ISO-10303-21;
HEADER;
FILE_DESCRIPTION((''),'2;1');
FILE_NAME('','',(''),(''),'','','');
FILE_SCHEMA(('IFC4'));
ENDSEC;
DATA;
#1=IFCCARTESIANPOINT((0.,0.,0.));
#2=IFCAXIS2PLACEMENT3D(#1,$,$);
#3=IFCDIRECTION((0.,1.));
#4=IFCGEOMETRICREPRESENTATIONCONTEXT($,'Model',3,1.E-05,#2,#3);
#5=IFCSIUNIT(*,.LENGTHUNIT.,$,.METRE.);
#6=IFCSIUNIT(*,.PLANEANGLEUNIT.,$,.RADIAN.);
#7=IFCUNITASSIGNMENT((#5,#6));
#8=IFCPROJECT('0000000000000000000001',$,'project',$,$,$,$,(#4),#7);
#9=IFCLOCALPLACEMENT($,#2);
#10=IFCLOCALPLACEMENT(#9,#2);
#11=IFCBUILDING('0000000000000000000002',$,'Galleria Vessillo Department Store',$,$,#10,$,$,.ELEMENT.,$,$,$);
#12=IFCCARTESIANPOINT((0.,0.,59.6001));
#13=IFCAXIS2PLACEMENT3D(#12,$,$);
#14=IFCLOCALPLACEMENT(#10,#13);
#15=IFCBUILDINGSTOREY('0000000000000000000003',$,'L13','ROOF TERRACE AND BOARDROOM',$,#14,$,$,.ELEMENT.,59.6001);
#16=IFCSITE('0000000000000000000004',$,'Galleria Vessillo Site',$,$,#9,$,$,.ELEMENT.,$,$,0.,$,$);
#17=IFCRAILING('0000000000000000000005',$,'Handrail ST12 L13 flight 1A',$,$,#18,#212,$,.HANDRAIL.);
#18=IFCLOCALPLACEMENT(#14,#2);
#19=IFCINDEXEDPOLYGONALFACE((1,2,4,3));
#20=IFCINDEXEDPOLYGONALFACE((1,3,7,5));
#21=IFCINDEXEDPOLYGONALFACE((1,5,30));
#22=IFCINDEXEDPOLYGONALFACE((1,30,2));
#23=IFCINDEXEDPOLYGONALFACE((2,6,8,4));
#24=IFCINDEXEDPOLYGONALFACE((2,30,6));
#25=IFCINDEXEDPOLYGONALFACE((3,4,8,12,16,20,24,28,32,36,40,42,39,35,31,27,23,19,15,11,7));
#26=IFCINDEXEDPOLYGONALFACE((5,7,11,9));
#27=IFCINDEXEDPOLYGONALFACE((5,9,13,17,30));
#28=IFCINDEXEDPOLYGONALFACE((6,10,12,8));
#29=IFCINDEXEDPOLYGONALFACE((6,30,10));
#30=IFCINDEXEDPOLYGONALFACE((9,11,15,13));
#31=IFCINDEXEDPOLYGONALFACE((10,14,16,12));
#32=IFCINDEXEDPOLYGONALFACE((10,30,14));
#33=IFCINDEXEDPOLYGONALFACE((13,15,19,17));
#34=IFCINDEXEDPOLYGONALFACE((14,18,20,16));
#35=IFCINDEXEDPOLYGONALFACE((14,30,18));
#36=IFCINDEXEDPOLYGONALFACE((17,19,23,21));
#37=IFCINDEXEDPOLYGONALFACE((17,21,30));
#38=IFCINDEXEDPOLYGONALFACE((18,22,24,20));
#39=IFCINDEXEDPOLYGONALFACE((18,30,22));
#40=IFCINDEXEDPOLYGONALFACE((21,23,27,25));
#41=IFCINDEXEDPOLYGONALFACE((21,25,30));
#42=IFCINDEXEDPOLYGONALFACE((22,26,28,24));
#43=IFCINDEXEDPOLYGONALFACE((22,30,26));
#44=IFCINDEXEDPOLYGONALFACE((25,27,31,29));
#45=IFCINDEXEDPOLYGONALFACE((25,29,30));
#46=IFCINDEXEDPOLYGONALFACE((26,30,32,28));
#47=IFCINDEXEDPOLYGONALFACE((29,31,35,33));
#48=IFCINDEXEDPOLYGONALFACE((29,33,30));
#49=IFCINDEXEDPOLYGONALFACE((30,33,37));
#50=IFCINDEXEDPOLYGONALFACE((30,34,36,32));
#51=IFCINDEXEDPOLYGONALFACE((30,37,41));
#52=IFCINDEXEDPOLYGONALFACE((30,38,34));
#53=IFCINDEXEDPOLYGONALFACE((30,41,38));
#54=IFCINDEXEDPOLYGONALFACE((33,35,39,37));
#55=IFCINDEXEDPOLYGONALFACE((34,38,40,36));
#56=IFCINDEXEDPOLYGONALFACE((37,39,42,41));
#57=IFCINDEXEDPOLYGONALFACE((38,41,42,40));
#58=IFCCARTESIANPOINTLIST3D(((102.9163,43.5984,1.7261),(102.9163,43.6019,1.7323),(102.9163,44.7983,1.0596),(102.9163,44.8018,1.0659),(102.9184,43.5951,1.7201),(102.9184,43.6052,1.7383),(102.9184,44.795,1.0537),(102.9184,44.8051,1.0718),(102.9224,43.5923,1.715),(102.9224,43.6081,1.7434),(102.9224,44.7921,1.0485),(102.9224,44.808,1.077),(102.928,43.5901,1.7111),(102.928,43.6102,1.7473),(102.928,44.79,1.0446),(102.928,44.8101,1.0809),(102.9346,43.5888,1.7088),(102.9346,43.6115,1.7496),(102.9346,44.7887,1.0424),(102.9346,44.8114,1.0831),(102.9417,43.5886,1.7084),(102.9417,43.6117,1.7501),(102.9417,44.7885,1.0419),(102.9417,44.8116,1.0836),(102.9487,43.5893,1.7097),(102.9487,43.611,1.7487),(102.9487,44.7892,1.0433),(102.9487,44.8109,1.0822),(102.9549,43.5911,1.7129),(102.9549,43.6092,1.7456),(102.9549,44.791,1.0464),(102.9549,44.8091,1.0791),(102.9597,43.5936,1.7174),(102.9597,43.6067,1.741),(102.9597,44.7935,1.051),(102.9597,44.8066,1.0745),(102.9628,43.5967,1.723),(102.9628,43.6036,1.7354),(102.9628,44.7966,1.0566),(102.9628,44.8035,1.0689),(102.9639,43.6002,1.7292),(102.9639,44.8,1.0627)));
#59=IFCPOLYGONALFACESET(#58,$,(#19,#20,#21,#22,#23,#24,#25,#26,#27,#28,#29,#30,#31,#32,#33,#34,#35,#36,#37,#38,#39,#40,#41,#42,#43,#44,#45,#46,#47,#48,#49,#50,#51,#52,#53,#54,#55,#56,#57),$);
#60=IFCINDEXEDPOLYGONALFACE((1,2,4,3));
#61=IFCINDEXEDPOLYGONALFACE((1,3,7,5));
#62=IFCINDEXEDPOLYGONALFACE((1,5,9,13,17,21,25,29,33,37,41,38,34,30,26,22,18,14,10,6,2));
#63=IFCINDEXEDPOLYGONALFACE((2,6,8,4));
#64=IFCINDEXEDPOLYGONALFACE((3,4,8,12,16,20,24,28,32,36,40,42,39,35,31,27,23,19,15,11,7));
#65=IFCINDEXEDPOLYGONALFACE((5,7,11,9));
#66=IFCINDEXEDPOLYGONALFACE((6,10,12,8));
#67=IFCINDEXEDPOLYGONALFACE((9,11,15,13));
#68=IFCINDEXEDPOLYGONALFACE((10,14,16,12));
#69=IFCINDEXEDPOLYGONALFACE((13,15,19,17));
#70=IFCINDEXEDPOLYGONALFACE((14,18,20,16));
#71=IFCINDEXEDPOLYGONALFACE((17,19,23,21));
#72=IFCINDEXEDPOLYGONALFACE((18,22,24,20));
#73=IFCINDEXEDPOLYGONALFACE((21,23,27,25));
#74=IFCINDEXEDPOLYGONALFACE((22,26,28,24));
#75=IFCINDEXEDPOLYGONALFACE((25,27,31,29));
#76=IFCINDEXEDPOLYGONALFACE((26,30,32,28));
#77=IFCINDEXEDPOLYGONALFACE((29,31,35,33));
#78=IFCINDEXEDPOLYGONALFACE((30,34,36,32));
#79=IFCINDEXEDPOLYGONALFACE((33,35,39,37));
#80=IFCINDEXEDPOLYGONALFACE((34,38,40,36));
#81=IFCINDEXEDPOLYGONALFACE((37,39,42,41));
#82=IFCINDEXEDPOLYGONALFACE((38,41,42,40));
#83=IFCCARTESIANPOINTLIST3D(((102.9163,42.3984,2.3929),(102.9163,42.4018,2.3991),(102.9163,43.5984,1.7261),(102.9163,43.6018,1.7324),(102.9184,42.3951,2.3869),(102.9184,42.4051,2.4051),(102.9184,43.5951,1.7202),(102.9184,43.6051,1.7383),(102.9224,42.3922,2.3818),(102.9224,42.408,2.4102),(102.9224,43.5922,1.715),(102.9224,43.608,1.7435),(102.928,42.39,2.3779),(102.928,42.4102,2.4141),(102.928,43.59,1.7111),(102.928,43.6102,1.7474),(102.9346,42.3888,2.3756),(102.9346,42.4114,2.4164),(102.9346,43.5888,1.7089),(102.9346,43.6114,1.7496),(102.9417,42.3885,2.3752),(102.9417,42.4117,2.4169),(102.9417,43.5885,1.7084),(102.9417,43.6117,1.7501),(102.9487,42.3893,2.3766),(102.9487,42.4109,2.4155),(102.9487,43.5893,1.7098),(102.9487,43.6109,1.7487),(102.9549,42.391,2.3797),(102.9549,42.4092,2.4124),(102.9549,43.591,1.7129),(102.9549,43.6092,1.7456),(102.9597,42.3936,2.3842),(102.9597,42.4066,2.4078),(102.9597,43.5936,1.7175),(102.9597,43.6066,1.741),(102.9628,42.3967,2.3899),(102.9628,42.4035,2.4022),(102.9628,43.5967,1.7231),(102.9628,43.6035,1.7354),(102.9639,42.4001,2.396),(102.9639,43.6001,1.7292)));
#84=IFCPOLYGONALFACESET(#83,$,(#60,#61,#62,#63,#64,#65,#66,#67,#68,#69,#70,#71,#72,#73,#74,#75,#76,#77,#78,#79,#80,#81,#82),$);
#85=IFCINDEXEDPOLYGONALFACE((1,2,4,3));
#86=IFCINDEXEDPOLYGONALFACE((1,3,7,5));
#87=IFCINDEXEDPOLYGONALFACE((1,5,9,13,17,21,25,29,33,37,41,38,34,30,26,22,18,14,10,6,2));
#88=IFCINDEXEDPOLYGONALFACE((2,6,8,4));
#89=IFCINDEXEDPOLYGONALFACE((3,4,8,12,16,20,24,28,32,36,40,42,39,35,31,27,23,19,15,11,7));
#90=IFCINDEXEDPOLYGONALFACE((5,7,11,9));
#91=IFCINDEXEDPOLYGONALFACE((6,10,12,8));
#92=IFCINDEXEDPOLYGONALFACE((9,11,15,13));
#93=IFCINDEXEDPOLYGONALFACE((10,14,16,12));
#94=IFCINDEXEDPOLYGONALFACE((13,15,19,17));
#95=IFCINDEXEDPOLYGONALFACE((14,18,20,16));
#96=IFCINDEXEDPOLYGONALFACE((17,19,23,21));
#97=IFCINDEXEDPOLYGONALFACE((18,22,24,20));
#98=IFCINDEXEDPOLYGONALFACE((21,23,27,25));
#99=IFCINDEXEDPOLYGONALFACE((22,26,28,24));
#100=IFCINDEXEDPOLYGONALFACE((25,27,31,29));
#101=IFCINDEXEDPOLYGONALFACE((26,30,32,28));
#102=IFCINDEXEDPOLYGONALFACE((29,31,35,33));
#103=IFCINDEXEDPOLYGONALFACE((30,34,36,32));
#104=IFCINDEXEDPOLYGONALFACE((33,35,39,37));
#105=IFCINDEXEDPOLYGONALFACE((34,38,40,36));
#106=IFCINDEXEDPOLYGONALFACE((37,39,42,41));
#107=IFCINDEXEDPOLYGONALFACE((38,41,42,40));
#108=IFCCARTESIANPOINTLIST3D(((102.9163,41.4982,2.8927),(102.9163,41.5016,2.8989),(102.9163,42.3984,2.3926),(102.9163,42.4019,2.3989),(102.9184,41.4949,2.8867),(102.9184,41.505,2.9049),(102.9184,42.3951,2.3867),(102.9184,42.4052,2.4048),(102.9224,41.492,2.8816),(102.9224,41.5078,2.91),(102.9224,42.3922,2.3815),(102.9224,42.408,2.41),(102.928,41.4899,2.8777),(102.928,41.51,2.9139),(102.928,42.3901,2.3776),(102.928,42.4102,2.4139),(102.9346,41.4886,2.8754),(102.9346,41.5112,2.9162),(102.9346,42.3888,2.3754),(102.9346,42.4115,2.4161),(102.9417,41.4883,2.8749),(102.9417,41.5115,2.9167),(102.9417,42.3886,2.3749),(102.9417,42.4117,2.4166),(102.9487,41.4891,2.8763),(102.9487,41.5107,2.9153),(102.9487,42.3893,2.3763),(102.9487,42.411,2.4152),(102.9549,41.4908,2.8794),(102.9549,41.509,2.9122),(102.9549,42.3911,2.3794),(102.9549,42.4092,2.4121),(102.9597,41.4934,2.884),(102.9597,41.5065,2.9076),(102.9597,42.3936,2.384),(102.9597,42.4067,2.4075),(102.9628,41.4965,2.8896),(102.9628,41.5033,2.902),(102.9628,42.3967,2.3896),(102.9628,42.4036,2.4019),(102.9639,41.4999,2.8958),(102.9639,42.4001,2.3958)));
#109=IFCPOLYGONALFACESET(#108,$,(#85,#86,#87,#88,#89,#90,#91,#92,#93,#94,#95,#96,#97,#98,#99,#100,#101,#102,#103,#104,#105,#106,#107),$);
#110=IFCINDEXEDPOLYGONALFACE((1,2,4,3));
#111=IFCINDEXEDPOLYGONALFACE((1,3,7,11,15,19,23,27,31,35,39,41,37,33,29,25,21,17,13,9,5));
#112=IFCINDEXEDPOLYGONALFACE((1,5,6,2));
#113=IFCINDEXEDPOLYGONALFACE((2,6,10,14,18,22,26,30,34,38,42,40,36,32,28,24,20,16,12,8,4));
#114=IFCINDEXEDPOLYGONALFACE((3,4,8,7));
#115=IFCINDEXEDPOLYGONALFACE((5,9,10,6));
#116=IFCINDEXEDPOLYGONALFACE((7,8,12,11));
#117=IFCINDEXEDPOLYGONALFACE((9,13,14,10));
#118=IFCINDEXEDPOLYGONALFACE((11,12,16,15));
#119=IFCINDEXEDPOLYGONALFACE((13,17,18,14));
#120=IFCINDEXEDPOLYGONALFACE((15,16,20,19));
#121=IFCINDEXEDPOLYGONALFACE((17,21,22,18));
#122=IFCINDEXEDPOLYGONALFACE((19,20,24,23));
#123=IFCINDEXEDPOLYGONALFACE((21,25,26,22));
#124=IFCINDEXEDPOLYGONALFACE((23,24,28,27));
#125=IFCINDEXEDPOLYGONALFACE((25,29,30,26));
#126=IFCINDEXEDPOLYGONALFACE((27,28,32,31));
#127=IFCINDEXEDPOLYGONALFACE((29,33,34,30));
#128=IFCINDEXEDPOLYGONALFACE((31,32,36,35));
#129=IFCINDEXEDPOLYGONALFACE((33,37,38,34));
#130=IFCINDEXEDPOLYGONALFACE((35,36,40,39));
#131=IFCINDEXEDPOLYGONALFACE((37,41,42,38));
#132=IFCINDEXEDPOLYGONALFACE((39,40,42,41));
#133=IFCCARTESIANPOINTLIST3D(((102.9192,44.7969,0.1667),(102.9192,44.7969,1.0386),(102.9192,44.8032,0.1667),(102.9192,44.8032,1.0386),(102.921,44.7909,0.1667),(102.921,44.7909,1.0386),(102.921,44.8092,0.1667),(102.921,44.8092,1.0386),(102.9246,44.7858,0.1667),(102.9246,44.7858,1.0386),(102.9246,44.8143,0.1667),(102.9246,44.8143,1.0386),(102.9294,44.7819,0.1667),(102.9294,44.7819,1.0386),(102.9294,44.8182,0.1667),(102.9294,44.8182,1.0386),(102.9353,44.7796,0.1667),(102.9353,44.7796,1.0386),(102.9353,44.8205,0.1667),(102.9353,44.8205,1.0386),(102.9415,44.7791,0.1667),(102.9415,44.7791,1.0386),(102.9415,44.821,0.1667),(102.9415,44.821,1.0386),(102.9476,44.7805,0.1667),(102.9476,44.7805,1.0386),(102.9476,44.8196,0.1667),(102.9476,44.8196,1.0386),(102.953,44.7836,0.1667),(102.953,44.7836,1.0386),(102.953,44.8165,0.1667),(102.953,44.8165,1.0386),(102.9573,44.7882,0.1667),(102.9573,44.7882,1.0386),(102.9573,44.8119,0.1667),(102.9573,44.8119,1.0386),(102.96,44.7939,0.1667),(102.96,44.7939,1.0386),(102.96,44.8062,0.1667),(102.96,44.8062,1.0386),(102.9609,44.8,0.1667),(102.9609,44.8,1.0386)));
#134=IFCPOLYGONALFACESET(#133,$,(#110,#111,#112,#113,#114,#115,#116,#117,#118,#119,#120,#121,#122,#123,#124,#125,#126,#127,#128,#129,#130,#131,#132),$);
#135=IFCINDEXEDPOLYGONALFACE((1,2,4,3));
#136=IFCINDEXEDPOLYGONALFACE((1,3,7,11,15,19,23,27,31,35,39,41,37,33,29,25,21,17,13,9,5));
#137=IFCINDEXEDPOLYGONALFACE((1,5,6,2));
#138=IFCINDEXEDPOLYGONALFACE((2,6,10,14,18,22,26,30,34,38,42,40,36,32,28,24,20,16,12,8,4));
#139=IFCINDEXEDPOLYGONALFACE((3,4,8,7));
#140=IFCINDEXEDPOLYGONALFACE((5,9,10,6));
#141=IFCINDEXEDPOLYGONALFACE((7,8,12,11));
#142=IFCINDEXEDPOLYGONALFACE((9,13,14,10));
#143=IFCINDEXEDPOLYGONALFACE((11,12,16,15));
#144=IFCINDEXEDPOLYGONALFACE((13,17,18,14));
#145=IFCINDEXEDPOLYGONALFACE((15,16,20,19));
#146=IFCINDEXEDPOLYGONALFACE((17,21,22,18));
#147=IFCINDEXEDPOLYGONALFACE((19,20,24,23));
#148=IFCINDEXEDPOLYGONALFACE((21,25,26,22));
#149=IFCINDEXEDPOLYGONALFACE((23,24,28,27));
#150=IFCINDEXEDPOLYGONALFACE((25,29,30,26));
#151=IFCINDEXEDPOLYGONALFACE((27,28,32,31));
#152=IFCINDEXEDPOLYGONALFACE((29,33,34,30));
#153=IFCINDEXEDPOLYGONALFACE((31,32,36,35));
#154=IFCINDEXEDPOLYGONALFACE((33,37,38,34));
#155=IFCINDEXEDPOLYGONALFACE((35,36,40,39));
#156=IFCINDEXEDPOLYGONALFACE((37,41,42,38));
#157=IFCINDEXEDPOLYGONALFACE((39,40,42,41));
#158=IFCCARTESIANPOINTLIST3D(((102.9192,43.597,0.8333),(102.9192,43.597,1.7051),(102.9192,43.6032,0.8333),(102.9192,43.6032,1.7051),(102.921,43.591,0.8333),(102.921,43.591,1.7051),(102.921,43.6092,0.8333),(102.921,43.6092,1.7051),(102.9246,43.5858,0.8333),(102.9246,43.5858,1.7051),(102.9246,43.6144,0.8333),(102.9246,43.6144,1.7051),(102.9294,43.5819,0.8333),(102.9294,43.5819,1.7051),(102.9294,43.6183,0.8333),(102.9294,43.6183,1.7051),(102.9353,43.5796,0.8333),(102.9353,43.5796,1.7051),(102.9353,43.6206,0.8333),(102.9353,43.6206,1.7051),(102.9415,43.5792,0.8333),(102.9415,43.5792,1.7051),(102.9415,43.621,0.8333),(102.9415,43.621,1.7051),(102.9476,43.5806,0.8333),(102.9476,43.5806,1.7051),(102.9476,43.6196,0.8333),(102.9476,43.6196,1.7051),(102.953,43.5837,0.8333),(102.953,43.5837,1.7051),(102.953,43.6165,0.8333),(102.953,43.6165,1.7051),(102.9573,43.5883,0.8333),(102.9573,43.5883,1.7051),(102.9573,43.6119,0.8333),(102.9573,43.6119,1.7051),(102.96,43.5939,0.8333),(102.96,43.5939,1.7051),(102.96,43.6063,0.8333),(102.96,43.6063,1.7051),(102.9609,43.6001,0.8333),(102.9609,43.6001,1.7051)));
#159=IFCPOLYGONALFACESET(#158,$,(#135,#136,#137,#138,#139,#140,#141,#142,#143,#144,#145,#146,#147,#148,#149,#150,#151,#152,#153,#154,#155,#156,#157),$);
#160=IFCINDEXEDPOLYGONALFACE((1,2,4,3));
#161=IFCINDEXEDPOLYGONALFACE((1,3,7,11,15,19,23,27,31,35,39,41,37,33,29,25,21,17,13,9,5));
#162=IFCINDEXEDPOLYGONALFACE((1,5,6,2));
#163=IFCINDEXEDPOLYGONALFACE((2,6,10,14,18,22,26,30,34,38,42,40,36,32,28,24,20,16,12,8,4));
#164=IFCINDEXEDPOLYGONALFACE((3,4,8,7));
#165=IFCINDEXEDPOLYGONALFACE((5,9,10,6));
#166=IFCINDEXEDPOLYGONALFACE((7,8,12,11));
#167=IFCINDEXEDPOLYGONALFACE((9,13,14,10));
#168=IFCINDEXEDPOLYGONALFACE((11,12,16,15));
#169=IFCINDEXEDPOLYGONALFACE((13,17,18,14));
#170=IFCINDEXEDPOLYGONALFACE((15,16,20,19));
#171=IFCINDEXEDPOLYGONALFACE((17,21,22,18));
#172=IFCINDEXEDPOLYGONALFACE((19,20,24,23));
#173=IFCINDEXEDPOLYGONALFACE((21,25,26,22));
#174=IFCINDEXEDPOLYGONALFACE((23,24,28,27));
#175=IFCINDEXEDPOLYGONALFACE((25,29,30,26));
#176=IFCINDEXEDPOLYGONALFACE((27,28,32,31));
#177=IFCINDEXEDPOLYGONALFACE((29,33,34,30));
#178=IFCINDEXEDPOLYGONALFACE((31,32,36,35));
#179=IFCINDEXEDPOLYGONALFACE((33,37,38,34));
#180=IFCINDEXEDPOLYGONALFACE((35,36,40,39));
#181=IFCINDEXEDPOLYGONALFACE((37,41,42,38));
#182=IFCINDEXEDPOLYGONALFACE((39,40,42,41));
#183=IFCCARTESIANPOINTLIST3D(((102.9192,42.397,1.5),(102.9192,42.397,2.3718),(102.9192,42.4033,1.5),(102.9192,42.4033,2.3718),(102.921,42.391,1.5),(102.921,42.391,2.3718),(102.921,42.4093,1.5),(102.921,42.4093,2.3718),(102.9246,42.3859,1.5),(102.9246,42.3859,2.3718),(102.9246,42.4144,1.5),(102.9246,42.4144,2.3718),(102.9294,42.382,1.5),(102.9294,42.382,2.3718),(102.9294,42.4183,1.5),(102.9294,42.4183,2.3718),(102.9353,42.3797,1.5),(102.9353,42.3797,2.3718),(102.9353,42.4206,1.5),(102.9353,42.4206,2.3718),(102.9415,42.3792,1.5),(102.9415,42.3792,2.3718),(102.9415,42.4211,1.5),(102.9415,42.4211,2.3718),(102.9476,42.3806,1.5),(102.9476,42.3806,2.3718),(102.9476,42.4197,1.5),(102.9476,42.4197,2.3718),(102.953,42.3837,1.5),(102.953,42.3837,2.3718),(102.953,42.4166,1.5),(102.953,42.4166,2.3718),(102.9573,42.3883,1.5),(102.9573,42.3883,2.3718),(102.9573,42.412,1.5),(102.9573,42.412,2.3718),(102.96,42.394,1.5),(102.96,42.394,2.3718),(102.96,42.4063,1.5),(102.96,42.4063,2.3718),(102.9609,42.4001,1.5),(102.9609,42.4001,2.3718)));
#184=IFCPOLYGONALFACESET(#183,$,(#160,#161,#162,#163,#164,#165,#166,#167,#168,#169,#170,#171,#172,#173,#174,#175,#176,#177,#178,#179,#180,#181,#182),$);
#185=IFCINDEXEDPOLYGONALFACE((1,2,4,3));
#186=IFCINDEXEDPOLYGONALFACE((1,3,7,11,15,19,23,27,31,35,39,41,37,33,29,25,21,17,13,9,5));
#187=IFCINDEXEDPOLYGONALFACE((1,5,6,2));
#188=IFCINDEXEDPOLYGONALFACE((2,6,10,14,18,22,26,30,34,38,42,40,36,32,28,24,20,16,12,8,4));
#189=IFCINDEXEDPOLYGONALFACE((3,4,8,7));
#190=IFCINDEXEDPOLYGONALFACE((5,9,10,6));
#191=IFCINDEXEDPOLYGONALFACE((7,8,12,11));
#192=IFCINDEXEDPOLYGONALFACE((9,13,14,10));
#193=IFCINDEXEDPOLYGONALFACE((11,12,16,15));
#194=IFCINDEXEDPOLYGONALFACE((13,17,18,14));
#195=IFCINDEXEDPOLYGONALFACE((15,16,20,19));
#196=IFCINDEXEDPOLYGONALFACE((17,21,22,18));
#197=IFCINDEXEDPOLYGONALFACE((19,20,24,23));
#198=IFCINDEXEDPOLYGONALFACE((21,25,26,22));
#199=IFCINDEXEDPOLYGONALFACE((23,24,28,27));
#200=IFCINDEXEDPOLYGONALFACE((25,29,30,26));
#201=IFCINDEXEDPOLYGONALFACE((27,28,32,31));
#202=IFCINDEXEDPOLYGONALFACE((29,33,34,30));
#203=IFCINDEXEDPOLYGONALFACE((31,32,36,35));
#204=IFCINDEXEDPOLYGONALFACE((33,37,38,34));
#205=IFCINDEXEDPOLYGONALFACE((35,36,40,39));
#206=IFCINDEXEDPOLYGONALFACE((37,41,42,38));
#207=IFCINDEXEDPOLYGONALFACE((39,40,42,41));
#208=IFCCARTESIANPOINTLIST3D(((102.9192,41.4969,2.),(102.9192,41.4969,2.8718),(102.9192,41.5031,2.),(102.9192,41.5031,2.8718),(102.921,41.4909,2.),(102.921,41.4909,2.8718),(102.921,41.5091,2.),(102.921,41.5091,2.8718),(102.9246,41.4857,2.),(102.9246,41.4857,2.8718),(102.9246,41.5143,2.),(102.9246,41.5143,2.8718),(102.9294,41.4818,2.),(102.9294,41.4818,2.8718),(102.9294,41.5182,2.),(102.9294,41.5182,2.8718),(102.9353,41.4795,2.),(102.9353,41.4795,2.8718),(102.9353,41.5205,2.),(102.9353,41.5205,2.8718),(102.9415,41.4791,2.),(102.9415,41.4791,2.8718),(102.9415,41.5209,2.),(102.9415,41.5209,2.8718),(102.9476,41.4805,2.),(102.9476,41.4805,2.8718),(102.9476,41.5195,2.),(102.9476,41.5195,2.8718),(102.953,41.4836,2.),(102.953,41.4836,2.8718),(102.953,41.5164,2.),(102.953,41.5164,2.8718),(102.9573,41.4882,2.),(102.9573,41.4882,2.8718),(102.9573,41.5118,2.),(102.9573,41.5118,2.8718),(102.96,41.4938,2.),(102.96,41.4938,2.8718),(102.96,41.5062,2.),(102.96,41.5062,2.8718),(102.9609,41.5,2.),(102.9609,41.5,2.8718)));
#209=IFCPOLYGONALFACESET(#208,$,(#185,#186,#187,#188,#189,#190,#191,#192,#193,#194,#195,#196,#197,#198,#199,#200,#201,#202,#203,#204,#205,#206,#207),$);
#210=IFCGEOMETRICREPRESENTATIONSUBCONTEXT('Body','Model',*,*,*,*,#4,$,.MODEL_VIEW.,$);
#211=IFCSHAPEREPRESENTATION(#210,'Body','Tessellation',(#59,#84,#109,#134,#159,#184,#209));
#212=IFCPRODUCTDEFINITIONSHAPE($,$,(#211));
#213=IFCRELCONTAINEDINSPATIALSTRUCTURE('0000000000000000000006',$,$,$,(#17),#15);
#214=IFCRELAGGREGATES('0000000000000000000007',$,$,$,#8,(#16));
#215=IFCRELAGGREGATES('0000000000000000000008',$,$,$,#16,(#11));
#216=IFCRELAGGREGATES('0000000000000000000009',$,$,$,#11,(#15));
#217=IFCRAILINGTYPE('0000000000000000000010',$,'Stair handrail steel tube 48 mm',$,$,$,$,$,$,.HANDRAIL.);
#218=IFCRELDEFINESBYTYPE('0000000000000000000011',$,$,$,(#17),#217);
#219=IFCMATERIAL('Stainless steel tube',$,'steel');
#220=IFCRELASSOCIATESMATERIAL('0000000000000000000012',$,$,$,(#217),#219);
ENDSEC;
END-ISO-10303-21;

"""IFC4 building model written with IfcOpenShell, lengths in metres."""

from ifc_helpers import new_model, si_unit, direction, frame, origin, origin_2d, place, context, subcontext, project, spatial, circle, extrude, material, type_object, element, save


model = new_model("IFC4")

# Units and contexts
model_context = context("Model", 3, precision=1e-05, world=origin(), true_north=direction((0.0, 1.0)))
body_context = subcontext(model_context, "Body", "Model", "MODEL_VIEW")
ifc_project = project(units=[si_unit("LENGTHUNIT", "METRE"), si_unit("PLANEANGLEUNIT", "RADIAN")], contexts=[model_context])

# Site, building, storey
site_placement = place(None, origin())
site = spatial("IfcSite", under=ifc_project, at=site_placement, Name="Galleria Vessillo Site", CompositionType="ELEMENT", RefElevation=0.0)
building_placement = place(site_placement, origin())
building = spatial("IfcBuilding", under=site, at=building_placement, Name="Galleria Vessillo Department Store", CompositionType="ELEMENT")
storey_placement = place(building_placement, frame((0.0, 0.0, 59.6001)))
storey = spatial("IfcBuildingStorey", under=building, at=storey_placement, Name="L13", Description="ROOF TERRACE AND BOARDROOM", CompositionType="ELEMENT", Elevation=59.6001)

# Railing
ifc_material_1 = material(Name="Stainless steel tube", Category="steel")
railing_type = type_object("IfcRailingType", Name="Stair handrail steel tube 48 mm", PredefinedType="HANDRAIL", material=ifc_material_1)
for number, where, name in (
    (1, (102.9399, 44.8, 0.1667), "Handrail ST12 L13 flight 1A"),
):
    element("IfcRailing", number, at=place(storey_placement, frame(where)), inside=storey, type_object=railing_type, Name=name, PredefinedType="HANDRAIL", context=body_context, shape_type="SweptSolid", body=[
        extrude(circle(Radius=0.0239, at=origin_2d()), frame((0.0, 0.0, 0.896), z_axis=(0.0, -0.874199, 0.485567), x_axis=(1.0, 0.0, 0.0)), (0.0, 0.0, 1.0), 1.3726),
        extrude(circle(Radius=0.0239, at=origin_2d()), frame((0.0, -1.2, 1.5625), z_axis=(0.0, -0.874124, 0.485703), x_axis=(1.0, 0.0, 0.0)), (0.0, 0.0, 1.0), 1.3728),
        extrude(circle(Radius=0.0239, at=origin_2d()), frame((0.0, -2.3999, 2.229), z_axis=(0.0, -0.874191, 0.485583), x_axis=(1.0, 0.0, 0.0)), (0.0, 0.0, 1.0), 1.0298),
        extrude(circle(Radius=0.021, at=origin_2d()), origin(), (0.0, 0.0, 1.0), 0.8718),
        extrude(circle(Radius=0.021, at=origin_2d()), frame((0.0, -1.2, 0.6665)), (0.0, 0.0, 1.0), 0.8718),
        extrude(circle(Radius=0.021, at=origin_2d()), frame((0.0, -2.3999, 1.3333)), (0.0, 0.0, 1.0), 0.8718),
        extrude(circle(Radius=0.021, at=origin_2d()), frame((0.0, -3.3, 1.8333)), (0.0, 0.0, 1.0), 0.8718),
    ])

save(model, "model.ifc")
